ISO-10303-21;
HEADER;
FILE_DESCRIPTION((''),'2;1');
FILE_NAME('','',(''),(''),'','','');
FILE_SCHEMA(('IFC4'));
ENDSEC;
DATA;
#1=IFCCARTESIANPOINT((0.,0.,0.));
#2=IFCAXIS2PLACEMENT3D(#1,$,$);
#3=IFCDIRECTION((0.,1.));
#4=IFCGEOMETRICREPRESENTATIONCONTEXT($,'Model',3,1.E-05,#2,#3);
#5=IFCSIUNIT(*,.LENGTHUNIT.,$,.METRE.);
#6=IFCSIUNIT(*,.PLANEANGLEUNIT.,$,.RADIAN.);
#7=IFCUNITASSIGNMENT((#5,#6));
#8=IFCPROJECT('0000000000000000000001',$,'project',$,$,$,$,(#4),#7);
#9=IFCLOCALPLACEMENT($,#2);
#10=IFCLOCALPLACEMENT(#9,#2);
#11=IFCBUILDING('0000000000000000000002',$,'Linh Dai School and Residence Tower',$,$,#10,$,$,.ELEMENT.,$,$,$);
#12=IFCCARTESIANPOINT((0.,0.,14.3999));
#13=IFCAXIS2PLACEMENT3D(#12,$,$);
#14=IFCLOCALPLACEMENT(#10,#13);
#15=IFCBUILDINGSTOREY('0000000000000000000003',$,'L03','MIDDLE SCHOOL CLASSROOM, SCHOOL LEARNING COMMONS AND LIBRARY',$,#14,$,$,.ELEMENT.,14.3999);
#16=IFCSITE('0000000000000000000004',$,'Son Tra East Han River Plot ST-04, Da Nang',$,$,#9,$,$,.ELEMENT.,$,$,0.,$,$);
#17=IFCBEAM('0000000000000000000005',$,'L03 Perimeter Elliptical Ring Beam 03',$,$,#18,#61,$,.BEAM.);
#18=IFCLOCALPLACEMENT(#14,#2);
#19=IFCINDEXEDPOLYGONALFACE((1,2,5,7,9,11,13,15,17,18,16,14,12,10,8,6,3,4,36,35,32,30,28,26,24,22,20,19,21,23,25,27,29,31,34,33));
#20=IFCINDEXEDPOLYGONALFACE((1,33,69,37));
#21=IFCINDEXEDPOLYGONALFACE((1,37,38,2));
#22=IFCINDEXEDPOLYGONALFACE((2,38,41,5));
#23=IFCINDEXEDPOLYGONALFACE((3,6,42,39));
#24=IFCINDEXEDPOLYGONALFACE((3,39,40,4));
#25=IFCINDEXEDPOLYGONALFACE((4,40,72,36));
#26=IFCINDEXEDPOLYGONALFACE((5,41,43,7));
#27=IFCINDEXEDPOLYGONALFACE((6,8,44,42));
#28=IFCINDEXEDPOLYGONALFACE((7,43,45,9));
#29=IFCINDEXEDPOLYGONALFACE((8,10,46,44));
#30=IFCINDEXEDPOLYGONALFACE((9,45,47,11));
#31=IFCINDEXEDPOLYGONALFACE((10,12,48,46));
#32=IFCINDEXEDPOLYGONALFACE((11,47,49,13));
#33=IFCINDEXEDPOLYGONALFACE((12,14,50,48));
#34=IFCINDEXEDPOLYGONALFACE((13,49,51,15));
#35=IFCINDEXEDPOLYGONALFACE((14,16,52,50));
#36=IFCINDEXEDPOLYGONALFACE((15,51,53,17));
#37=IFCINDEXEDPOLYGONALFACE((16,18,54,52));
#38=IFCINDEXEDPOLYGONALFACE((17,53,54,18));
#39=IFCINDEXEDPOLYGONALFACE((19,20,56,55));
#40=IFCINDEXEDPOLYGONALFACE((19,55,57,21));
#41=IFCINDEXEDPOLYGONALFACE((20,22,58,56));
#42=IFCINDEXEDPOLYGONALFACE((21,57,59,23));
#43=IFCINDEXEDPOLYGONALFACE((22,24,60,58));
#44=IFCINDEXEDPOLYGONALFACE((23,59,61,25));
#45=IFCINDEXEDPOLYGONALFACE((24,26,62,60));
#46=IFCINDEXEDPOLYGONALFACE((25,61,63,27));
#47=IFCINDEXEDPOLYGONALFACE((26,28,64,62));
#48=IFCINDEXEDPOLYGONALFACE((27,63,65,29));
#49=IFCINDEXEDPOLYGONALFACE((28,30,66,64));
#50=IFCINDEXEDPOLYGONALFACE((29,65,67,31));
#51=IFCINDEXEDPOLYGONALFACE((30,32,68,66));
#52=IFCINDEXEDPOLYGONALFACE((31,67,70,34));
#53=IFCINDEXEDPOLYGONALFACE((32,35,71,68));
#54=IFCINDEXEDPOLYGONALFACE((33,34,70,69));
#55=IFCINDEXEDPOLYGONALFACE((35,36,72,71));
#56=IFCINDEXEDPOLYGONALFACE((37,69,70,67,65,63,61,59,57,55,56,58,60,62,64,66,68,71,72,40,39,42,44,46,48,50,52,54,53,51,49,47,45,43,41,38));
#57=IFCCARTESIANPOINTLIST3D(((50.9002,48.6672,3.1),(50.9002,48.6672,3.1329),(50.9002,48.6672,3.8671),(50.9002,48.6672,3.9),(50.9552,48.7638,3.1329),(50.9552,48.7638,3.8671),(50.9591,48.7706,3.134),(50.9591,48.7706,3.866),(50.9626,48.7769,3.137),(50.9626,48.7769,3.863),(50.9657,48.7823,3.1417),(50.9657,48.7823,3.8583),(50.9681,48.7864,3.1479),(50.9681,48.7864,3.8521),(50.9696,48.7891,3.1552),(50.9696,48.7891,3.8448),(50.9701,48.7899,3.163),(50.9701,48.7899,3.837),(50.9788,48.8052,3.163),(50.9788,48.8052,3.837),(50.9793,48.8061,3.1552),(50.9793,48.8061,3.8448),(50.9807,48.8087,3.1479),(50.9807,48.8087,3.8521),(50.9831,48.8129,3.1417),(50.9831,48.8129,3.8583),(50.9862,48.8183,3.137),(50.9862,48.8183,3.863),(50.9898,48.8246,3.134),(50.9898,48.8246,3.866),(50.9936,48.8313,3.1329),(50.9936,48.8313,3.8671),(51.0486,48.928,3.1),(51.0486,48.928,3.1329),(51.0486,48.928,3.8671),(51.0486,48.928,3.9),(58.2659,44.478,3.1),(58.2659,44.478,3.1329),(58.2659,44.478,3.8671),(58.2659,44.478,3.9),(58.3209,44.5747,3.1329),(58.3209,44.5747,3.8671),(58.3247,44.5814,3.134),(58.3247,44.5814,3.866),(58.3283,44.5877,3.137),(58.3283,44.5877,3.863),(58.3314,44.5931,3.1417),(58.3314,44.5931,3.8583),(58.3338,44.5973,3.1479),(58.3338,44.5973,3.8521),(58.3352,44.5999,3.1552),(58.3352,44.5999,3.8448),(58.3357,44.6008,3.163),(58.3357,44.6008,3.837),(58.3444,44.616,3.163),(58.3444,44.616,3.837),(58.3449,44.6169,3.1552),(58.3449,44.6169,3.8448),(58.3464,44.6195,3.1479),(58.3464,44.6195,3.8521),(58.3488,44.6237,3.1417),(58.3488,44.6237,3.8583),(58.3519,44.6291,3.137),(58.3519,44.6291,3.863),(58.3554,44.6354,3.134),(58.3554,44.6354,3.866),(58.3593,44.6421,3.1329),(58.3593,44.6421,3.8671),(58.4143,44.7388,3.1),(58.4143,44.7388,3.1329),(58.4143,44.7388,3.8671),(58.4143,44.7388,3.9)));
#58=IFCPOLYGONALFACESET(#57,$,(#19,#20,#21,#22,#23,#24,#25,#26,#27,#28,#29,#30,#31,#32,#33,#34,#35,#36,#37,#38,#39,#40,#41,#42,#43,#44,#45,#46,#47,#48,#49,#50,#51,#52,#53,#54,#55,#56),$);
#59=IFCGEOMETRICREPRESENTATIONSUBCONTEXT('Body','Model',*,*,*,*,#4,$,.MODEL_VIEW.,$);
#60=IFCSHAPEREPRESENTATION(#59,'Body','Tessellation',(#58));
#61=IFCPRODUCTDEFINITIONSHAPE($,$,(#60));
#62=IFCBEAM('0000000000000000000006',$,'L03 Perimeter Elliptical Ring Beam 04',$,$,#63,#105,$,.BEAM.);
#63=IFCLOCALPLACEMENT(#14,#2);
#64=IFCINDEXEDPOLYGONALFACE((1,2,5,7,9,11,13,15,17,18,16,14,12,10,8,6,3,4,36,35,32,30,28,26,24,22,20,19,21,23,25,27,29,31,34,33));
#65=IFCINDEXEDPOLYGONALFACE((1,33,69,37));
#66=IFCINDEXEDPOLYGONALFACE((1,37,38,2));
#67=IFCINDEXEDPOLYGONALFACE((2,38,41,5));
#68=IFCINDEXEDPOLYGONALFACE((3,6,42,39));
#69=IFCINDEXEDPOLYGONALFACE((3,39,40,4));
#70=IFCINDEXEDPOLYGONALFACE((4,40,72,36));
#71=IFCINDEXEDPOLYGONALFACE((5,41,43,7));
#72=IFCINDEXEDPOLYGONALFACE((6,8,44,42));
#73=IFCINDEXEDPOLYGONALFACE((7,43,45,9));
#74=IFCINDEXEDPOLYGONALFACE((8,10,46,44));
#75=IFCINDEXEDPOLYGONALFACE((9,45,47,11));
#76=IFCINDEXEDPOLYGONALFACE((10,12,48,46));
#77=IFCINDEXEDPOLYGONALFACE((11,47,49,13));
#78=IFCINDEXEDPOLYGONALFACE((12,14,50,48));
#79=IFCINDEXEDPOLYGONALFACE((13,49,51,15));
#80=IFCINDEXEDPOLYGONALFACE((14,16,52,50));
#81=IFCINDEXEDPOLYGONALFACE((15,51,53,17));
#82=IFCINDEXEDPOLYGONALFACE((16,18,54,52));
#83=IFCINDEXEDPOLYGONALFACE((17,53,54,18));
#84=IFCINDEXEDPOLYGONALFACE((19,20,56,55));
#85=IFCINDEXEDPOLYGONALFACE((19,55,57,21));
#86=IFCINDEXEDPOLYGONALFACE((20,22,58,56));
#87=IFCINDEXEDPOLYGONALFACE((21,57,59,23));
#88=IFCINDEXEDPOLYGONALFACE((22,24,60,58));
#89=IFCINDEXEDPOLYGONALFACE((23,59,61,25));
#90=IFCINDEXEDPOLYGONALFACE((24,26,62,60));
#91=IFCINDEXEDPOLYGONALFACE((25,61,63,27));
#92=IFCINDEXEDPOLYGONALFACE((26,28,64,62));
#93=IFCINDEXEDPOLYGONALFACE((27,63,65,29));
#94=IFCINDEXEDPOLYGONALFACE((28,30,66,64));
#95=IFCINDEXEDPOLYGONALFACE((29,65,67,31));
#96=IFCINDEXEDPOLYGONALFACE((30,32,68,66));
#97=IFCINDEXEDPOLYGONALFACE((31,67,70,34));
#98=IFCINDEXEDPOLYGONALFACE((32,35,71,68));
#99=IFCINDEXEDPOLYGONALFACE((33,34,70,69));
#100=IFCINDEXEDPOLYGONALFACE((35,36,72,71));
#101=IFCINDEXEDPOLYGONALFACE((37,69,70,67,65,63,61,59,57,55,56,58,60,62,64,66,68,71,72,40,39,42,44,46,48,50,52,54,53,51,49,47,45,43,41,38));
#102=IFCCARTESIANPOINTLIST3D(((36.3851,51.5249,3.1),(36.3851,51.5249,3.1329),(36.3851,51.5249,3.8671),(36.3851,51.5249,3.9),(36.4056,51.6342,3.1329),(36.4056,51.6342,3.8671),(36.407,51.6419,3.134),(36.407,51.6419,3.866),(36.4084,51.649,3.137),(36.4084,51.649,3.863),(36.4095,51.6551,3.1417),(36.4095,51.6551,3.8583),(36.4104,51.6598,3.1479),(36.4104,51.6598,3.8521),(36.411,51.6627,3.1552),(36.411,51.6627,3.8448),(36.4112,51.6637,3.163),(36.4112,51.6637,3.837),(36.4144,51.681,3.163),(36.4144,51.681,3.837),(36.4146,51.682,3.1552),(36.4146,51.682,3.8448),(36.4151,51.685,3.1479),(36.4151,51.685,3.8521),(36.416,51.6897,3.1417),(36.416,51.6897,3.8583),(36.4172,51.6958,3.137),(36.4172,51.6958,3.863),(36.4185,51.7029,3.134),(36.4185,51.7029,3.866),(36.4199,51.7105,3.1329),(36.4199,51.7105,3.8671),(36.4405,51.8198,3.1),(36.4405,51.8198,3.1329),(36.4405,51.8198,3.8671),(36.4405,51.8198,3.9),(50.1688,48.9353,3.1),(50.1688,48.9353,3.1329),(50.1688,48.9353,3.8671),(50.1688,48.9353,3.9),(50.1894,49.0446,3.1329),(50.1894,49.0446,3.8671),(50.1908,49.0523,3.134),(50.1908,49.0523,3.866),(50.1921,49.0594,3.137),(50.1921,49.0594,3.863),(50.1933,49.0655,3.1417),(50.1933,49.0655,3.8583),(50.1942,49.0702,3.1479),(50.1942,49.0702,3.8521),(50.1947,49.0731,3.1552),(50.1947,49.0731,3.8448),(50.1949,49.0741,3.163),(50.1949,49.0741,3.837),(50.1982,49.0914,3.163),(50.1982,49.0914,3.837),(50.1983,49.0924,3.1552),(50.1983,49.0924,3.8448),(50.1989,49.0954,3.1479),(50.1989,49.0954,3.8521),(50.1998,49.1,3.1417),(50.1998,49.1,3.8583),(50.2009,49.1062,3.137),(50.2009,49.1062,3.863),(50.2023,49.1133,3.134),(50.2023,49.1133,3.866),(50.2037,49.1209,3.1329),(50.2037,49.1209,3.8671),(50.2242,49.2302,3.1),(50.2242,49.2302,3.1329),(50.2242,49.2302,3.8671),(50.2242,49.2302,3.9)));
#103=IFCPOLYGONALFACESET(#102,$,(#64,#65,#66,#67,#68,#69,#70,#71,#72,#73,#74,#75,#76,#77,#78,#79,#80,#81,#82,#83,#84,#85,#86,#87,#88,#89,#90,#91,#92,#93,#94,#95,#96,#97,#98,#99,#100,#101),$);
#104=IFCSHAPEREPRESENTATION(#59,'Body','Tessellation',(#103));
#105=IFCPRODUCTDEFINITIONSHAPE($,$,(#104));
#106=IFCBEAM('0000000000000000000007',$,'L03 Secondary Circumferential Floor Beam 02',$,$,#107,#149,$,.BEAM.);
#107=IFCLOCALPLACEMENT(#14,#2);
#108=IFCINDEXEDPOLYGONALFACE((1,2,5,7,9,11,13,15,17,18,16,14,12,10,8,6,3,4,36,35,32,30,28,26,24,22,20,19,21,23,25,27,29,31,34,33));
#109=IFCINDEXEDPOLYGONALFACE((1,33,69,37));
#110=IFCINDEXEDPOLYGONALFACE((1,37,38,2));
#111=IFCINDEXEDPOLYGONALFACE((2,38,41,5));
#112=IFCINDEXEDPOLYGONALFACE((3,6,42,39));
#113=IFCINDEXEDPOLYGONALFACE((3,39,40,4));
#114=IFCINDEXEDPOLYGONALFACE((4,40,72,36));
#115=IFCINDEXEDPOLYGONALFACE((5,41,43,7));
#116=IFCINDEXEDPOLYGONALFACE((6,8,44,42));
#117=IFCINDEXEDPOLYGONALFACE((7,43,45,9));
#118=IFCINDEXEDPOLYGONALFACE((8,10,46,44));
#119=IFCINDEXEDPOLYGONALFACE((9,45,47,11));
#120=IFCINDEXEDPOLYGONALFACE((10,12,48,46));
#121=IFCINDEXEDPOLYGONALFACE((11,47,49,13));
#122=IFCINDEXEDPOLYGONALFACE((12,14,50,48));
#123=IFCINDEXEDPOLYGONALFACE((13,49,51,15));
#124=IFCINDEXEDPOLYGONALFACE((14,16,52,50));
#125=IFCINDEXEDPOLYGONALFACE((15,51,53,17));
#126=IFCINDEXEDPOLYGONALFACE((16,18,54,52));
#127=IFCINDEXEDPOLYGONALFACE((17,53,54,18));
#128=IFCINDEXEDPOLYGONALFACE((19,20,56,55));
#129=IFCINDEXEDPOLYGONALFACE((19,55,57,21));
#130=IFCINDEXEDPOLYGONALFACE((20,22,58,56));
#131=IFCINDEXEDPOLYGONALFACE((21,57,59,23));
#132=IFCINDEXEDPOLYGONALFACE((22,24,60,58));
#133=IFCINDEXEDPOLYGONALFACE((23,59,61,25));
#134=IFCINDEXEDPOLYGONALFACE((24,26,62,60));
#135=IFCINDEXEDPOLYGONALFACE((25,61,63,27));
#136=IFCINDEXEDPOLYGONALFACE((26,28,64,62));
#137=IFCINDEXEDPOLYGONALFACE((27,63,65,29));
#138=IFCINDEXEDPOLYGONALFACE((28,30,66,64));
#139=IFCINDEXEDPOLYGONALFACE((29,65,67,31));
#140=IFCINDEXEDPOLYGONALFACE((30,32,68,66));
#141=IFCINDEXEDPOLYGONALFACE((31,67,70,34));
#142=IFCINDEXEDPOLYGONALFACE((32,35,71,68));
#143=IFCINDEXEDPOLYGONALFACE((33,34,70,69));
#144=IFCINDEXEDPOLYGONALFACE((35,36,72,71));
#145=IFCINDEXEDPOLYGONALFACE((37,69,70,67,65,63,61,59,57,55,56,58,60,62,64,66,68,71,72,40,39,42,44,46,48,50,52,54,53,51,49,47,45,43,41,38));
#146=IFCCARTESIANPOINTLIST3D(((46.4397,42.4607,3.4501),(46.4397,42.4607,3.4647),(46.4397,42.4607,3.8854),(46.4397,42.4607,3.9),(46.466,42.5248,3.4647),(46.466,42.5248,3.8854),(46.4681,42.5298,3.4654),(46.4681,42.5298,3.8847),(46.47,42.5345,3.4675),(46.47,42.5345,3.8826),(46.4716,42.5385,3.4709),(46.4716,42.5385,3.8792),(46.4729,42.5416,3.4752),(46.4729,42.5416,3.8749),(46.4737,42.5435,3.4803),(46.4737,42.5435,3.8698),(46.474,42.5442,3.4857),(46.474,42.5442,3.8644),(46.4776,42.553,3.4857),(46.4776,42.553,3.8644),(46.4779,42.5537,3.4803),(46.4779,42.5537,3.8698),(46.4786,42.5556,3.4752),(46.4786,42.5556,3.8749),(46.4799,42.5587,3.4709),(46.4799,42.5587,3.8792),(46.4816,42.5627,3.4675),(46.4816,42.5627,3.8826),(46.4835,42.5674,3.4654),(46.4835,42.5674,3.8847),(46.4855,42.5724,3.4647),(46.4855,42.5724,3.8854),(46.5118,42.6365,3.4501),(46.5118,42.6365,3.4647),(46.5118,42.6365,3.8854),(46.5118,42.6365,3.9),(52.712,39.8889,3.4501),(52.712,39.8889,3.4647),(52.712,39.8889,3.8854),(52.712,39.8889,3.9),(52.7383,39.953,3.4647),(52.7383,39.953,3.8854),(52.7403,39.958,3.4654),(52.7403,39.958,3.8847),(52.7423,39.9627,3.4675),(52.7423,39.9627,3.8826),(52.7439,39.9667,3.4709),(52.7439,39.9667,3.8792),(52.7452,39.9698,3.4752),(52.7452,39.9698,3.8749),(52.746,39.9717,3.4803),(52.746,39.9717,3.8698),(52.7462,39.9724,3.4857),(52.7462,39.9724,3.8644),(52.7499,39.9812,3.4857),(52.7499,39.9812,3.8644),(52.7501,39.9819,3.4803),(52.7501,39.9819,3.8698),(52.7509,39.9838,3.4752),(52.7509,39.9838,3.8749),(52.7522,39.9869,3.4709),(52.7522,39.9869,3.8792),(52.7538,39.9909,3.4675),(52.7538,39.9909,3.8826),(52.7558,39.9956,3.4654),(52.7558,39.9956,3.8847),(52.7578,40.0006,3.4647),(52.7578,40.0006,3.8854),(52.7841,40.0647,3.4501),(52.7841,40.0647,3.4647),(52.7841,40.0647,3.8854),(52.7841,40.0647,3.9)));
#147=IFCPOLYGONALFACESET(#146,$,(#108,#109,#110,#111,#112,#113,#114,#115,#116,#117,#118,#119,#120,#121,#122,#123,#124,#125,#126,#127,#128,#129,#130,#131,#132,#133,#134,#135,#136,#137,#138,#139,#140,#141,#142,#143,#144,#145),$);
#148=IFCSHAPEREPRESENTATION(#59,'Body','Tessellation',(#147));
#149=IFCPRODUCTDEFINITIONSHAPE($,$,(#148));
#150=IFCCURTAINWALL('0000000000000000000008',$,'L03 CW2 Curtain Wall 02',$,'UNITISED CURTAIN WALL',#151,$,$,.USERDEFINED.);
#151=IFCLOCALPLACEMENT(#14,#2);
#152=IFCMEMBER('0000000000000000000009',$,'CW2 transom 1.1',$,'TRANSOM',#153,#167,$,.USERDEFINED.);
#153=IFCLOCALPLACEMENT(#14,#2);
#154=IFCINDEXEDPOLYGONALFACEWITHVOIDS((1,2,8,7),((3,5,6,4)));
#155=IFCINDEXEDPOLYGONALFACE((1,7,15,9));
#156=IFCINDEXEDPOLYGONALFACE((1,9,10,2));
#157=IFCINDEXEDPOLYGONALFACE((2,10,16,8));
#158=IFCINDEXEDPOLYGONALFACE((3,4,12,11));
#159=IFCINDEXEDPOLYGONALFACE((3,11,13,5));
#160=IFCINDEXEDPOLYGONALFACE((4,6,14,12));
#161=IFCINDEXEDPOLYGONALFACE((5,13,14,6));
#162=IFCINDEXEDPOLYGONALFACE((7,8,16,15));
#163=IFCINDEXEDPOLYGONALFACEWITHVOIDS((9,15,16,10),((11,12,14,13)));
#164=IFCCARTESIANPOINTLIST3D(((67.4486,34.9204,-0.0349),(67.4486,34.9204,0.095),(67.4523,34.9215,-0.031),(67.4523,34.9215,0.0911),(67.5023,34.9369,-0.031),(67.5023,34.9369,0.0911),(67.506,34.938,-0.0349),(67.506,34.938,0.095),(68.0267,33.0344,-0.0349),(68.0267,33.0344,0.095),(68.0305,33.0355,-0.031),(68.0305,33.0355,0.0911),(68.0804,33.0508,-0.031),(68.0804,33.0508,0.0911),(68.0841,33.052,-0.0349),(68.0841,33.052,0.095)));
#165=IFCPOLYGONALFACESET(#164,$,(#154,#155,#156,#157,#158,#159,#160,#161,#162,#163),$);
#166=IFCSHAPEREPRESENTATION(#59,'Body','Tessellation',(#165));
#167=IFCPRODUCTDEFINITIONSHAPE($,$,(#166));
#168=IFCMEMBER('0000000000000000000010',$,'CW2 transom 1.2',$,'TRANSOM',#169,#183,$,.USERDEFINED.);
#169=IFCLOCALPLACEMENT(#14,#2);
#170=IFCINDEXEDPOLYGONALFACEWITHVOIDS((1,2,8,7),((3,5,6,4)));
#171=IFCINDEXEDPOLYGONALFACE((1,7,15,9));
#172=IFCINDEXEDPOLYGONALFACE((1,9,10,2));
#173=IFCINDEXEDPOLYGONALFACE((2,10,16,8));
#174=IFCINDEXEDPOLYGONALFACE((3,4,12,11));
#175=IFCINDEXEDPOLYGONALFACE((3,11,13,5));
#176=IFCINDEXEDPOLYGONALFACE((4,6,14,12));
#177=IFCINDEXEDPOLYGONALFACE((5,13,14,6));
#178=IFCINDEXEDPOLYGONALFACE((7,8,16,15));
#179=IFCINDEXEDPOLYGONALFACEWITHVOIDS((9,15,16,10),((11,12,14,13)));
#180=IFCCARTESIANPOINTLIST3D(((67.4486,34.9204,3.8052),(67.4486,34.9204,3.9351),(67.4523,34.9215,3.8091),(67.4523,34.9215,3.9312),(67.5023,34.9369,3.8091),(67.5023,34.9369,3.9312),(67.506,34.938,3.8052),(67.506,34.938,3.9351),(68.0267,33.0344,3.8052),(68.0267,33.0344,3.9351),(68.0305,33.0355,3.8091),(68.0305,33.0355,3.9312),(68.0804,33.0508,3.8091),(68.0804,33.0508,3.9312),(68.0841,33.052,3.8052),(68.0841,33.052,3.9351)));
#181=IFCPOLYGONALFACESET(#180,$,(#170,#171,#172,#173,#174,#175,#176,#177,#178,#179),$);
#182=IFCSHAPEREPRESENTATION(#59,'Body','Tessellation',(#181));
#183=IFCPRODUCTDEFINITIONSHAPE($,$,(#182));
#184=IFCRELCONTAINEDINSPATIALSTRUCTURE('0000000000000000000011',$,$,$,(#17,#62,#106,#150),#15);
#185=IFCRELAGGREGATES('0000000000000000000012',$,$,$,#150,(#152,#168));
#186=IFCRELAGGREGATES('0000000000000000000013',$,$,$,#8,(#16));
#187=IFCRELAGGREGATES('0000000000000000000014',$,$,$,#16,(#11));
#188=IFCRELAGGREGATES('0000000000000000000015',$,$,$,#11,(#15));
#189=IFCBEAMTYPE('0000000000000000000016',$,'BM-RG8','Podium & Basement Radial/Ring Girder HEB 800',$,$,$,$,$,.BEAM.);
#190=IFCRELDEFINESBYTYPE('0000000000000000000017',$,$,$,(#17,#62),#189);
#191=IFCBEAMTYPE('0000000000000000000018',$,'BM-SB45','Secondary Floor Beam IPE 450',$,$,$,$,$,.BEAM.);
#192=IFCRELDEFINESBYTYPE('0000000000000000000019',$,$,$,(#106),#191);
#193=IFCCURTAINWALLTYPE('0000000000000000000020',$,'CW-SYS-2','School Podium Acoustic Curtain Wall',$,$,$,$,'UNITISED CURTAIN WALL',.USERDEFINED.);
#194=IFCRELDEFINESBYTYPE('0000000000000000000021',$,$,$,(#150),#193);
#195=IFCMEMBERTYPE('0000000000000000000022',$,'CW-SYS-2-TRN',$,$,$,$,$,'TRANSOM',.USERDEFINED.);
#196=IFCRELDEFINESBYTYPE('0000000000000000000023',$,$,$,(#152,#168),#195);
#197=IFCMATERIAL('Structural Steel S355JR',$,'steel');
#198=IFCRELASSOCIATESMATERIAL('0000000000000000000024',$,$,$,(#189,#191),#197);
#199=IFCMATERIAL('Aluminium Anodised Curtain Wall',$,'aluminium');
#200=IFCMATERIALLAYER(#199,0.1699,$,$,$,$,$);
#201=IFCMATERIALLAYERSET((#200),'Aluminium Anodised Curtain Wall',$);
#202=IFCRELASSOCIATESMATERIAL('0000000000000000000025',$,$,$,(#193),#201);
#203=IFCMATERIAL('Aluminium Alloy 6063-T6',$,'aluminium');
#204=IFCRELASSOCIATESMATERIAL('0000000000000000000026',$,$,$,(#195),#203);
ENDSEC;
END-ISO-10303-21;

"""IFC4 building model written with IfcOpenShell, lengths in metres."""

from ifc_helpers import new_model, si_unit, direction, frame, origin, origin_2d, place, context, subcontext, project, spatial, hollow_rectangle, i_section, extrude, source, transform, mapped, material, layer, layer_set, material_profile, profile_set, type_object, element, aggregate, save


model = new_model("IFC4")

# Units and contexts
model_context = context("Model", 3, precision=1e-05, world=origin(), true_north=direction((0.0, 1.0)))
body_context = subcontext(model_context, "Body", "Model", "MODEL_VIEW")
ifc_project = project(units=[si_unit("LENGTHUNIT", "METRE"), si_unit("PLANEANGLEUNIT", "RADIAN")], contexts=[model_context])

# Site, building, storey
site_placement = place(None, origin())
site = spatial("IfcSite", under=ifc_project, at=site_placement, Name="Son Tra East Han River Plot ST-04, Da Nang", CompositionType="ELEMENT", RefElevation=0.0)
building_placement = place(site_placement, origin())
building = spatial("IfcBuilding", under=site, at=building_placement, Name="Linh Dai School and Residence Tower", CompositionType="ELEMENT")
storey_placement = place(building_placement, frame((0.0, 0.0, 14.3999)))
storey = spatial("IfcBuildingStorey", under=building, at=storey_placement, Name="L03", Description="MIDDLE SCHOOL CLASSROOM, SCHOOL LEARNING COMMONS AND LIBRARY", CompositionType="ELEMENT", Elevation=14.3999)

# Shared definitions
ifc_material_1 = material(Name="Structural Steel S355JR", Category="steel")

# Beams
ifc_material_profile_1 = material_profile(ifc_material_1, i_section(OverallWidth=0.3, OverallDepth=0.8, WebThickness=0.0176, FlangeThickness=0.033, FilletRadius=0.03, at=origin_2d()), Name="HEB 800")
ifc_profile_set_1 = profile_set([ifc_material_profile_1], Name="Structural Steel S355JR")
beam_type_1 = type_object("IfcBeamType", Name="BM-RG8", Description="Podium & Basement Radial/Ring Girder HEB 800", PredefinedType="BEAM", material=ifc_profile_set_1)
beam_1_placement = place(storey_placement, frame((58.3401, 44.6084, 3.5), z_axis=(-0.869247, 0.494379, 0.0), x_axis=(-0.494379, -0.869247, 0.0)))
element("IfcBeam", 1, at=beam_1_placement, inside=storey, type_object=beam_type_1, Name="L03 Perimeter Elliptical Ring Beam 03", PredefinedType="BEAM", context=body_context, shape_type="SweptSolid", body=[
    extrude(i_section(OverallWidth=0.3, OverallDepth=0.8, WebThickness=0.0176, FlangeThickness=0.033, FilletRadius=0.03, at=origin_2d()), origin(), (0.0, 0.0, 1.0), 8.4736),
])
beam_2_placement = place(storey_placement, frame((50.1965, 49.0828, 3.5), z_axis=(-0.982806, 0.184644, 0.0), x_axis=(-0.184644, -0.982806, 0.0)))
element("IfcBeam", 2, at=beam_2_placement, inside=storey, type_object=beam_type_1, Name="L03 Perimeter Elliptical Ring Beam 04", PredefinedType="BEAM", context=body_context, shape_type="SweptSolid", body=[
    extrude(i_section(OverallWidth=0.3, OverallDepth=0.8, WebThickness=0.0176, FlangeThickness=0.033, FilletRadius=0.03, at=origin_2d()), origin(), (0.0, 0.0, 1.0), 14.0249),
])
ifc_material_profile_2 = material_profile(ifc_material_1, i_section(OverallWidth=0.1899, OverallDepth=0.45, WebThickness=0.0095, FlangeThickness=0.0146, FilletRadius=0.021, at=origin_2d()), Name="IPE 450")
ifc_profile_set_2 = profile_set([ifc_material_profile_2], Name="Structural Steel S355JR")
beam_type_2 = type_object("IfcBeamType", Name="BM-SB45", Description="Secondary Floor Beam IPE 450", PredefinedType="BEAM", material=ifc_profile_set_2)
beam_3_placement = place(storey_placement, frame((52.748, 39.9768, 3.675), z_axis=(-0.925243, 0.379375, 0.0), x_axis=(-0.379375, -0.925243, 0.0)))
element("IfcBeam", 3, at=beam_3_placement, inside=storey, type_object=beam_type_2, Name="L03 Secondary Circumferential Floor Beam 02", PredefinedType="BEAM", context=body_context, shape_type="SweptSolid", body=[
    extrude(i_section(OverallWidth=0.1899, OverallDepth=0.45, WebThickness=0.0095, FlangeThickness=0.0146, FilletRadius=0.021, at=origin_2d()), origin(), (0.0, 0.0, 1.0), 6.7791),
])

# Curtain wall, members
ifc_material_2 = material(Name="Aluminium Anodised Curtain Wall", Category="aluminium")
ifc_layer_1 = layer(ifc_material_2, 0.1699)
ifc_layer_set_1 = layer_set([ifc_layer_1], Name="Aluminium Anodised Curtain Wall")
curtain_wall_type = type_object("IfcCurtainWallType", Name="CW-SYS-2", Description="School Podium Acoustic Curtain Wall", ElementType="UNITISED CURTAIN WALL", PredefinedType="USERDEFINED", material=ifc_layer_set_1)
curtain_wall_placement = place(storey_placement, origin())
curtain_wall = element("IfcCurtainWall", 4, at=curtain_wall_placement, inside=storey, type_object=curtain_wall_type, Name="L03 CW2 Curtain Wall 02", ObjectType="UNITISED CURTAIN WALL", PredefinedType="USERDEFINED")
ifc_material_3 = material(Name="Aluminium Alloy 6063-T6", Category="aluminium")
ifc_material_profile_3 = material_profile(ifc_material_3, hollow_rectangle(XDim=0.0601, YDim=0.1299, WallThickness=0.0039, at=origin_2d()), Name="RHS 130x60x4")
ifc_profile_set_3 = profile_set([ifc_material_profile_3], Name="Aluminium Alloy 6063-T6")
member_type_1 = type_object("IfcMemberType", Name="CW-SYS-2-TRN", ElementType="TRANSOM", PredefinedType="USERDEFINED", material=ifc_profile_set_3)
shared_shape_1 = source(origin(), body_context, "Body", "SweptSolid", [
    extrude(hollow_rectangle(XDim=0.0601, YDim=0.1299, WallThickness=0.0039, at=origin_2d()), origin(), (0.0, 0.0, 1.0), 1.9727),
])
member_1_placement = place(storey_placement, frame((67.4773, 34.9292, 0.03), z_axis=(0.293077, -0.956089, 0.0), x_axis=(0.956089, 0.293077, 0.0)))
member_1 = element("IfcMember", 5, at=member_1_placement, type_object=member_type_1, Name="CW2 transom 1.1", ObjectType="TRANSOM", PredefinedType="USERDEFINED", context=body_context, shape_type="MappedRepresentation", body=[
    mapped(shared_shape_1, transform((0.0, 0.0, 0.0), x_axis=(1.0, 0.0, 0.0), y_axis=(0.0, 1.0, 0.0), z_axis=(0.0, 0.0, 1.0), scale=1.0)),
])
member_2_placement = place(storey_placement, frame((67.4773, 34.9292, 3.8701), z_axis=(0.293077, -0.956089, 0.0), x_axis=(0.956089, 0.293077, 0.0)))
member_2 = element("IfcMember", 6, at=member_2_placement, type_object=member_type_1, Name="CW2 transom 1.2", ObjectType="TRANSOM", PredefinedType="USERDEFINED", context=body_context, shape_type="MappedRepresentation", body=[
    mapped(shared_shape_1, transform((0.0, 0.0, 0.0), x_axis=(1.0, 0.0, 0.0), y_axis=(0.0, 1.0, 0.0), z_axis=(0.0, 0.0, 1.0), scale=1.0)),
])
aggregate(curtain_wall, [member_1, member_2])

save(model, "model.ifc")
